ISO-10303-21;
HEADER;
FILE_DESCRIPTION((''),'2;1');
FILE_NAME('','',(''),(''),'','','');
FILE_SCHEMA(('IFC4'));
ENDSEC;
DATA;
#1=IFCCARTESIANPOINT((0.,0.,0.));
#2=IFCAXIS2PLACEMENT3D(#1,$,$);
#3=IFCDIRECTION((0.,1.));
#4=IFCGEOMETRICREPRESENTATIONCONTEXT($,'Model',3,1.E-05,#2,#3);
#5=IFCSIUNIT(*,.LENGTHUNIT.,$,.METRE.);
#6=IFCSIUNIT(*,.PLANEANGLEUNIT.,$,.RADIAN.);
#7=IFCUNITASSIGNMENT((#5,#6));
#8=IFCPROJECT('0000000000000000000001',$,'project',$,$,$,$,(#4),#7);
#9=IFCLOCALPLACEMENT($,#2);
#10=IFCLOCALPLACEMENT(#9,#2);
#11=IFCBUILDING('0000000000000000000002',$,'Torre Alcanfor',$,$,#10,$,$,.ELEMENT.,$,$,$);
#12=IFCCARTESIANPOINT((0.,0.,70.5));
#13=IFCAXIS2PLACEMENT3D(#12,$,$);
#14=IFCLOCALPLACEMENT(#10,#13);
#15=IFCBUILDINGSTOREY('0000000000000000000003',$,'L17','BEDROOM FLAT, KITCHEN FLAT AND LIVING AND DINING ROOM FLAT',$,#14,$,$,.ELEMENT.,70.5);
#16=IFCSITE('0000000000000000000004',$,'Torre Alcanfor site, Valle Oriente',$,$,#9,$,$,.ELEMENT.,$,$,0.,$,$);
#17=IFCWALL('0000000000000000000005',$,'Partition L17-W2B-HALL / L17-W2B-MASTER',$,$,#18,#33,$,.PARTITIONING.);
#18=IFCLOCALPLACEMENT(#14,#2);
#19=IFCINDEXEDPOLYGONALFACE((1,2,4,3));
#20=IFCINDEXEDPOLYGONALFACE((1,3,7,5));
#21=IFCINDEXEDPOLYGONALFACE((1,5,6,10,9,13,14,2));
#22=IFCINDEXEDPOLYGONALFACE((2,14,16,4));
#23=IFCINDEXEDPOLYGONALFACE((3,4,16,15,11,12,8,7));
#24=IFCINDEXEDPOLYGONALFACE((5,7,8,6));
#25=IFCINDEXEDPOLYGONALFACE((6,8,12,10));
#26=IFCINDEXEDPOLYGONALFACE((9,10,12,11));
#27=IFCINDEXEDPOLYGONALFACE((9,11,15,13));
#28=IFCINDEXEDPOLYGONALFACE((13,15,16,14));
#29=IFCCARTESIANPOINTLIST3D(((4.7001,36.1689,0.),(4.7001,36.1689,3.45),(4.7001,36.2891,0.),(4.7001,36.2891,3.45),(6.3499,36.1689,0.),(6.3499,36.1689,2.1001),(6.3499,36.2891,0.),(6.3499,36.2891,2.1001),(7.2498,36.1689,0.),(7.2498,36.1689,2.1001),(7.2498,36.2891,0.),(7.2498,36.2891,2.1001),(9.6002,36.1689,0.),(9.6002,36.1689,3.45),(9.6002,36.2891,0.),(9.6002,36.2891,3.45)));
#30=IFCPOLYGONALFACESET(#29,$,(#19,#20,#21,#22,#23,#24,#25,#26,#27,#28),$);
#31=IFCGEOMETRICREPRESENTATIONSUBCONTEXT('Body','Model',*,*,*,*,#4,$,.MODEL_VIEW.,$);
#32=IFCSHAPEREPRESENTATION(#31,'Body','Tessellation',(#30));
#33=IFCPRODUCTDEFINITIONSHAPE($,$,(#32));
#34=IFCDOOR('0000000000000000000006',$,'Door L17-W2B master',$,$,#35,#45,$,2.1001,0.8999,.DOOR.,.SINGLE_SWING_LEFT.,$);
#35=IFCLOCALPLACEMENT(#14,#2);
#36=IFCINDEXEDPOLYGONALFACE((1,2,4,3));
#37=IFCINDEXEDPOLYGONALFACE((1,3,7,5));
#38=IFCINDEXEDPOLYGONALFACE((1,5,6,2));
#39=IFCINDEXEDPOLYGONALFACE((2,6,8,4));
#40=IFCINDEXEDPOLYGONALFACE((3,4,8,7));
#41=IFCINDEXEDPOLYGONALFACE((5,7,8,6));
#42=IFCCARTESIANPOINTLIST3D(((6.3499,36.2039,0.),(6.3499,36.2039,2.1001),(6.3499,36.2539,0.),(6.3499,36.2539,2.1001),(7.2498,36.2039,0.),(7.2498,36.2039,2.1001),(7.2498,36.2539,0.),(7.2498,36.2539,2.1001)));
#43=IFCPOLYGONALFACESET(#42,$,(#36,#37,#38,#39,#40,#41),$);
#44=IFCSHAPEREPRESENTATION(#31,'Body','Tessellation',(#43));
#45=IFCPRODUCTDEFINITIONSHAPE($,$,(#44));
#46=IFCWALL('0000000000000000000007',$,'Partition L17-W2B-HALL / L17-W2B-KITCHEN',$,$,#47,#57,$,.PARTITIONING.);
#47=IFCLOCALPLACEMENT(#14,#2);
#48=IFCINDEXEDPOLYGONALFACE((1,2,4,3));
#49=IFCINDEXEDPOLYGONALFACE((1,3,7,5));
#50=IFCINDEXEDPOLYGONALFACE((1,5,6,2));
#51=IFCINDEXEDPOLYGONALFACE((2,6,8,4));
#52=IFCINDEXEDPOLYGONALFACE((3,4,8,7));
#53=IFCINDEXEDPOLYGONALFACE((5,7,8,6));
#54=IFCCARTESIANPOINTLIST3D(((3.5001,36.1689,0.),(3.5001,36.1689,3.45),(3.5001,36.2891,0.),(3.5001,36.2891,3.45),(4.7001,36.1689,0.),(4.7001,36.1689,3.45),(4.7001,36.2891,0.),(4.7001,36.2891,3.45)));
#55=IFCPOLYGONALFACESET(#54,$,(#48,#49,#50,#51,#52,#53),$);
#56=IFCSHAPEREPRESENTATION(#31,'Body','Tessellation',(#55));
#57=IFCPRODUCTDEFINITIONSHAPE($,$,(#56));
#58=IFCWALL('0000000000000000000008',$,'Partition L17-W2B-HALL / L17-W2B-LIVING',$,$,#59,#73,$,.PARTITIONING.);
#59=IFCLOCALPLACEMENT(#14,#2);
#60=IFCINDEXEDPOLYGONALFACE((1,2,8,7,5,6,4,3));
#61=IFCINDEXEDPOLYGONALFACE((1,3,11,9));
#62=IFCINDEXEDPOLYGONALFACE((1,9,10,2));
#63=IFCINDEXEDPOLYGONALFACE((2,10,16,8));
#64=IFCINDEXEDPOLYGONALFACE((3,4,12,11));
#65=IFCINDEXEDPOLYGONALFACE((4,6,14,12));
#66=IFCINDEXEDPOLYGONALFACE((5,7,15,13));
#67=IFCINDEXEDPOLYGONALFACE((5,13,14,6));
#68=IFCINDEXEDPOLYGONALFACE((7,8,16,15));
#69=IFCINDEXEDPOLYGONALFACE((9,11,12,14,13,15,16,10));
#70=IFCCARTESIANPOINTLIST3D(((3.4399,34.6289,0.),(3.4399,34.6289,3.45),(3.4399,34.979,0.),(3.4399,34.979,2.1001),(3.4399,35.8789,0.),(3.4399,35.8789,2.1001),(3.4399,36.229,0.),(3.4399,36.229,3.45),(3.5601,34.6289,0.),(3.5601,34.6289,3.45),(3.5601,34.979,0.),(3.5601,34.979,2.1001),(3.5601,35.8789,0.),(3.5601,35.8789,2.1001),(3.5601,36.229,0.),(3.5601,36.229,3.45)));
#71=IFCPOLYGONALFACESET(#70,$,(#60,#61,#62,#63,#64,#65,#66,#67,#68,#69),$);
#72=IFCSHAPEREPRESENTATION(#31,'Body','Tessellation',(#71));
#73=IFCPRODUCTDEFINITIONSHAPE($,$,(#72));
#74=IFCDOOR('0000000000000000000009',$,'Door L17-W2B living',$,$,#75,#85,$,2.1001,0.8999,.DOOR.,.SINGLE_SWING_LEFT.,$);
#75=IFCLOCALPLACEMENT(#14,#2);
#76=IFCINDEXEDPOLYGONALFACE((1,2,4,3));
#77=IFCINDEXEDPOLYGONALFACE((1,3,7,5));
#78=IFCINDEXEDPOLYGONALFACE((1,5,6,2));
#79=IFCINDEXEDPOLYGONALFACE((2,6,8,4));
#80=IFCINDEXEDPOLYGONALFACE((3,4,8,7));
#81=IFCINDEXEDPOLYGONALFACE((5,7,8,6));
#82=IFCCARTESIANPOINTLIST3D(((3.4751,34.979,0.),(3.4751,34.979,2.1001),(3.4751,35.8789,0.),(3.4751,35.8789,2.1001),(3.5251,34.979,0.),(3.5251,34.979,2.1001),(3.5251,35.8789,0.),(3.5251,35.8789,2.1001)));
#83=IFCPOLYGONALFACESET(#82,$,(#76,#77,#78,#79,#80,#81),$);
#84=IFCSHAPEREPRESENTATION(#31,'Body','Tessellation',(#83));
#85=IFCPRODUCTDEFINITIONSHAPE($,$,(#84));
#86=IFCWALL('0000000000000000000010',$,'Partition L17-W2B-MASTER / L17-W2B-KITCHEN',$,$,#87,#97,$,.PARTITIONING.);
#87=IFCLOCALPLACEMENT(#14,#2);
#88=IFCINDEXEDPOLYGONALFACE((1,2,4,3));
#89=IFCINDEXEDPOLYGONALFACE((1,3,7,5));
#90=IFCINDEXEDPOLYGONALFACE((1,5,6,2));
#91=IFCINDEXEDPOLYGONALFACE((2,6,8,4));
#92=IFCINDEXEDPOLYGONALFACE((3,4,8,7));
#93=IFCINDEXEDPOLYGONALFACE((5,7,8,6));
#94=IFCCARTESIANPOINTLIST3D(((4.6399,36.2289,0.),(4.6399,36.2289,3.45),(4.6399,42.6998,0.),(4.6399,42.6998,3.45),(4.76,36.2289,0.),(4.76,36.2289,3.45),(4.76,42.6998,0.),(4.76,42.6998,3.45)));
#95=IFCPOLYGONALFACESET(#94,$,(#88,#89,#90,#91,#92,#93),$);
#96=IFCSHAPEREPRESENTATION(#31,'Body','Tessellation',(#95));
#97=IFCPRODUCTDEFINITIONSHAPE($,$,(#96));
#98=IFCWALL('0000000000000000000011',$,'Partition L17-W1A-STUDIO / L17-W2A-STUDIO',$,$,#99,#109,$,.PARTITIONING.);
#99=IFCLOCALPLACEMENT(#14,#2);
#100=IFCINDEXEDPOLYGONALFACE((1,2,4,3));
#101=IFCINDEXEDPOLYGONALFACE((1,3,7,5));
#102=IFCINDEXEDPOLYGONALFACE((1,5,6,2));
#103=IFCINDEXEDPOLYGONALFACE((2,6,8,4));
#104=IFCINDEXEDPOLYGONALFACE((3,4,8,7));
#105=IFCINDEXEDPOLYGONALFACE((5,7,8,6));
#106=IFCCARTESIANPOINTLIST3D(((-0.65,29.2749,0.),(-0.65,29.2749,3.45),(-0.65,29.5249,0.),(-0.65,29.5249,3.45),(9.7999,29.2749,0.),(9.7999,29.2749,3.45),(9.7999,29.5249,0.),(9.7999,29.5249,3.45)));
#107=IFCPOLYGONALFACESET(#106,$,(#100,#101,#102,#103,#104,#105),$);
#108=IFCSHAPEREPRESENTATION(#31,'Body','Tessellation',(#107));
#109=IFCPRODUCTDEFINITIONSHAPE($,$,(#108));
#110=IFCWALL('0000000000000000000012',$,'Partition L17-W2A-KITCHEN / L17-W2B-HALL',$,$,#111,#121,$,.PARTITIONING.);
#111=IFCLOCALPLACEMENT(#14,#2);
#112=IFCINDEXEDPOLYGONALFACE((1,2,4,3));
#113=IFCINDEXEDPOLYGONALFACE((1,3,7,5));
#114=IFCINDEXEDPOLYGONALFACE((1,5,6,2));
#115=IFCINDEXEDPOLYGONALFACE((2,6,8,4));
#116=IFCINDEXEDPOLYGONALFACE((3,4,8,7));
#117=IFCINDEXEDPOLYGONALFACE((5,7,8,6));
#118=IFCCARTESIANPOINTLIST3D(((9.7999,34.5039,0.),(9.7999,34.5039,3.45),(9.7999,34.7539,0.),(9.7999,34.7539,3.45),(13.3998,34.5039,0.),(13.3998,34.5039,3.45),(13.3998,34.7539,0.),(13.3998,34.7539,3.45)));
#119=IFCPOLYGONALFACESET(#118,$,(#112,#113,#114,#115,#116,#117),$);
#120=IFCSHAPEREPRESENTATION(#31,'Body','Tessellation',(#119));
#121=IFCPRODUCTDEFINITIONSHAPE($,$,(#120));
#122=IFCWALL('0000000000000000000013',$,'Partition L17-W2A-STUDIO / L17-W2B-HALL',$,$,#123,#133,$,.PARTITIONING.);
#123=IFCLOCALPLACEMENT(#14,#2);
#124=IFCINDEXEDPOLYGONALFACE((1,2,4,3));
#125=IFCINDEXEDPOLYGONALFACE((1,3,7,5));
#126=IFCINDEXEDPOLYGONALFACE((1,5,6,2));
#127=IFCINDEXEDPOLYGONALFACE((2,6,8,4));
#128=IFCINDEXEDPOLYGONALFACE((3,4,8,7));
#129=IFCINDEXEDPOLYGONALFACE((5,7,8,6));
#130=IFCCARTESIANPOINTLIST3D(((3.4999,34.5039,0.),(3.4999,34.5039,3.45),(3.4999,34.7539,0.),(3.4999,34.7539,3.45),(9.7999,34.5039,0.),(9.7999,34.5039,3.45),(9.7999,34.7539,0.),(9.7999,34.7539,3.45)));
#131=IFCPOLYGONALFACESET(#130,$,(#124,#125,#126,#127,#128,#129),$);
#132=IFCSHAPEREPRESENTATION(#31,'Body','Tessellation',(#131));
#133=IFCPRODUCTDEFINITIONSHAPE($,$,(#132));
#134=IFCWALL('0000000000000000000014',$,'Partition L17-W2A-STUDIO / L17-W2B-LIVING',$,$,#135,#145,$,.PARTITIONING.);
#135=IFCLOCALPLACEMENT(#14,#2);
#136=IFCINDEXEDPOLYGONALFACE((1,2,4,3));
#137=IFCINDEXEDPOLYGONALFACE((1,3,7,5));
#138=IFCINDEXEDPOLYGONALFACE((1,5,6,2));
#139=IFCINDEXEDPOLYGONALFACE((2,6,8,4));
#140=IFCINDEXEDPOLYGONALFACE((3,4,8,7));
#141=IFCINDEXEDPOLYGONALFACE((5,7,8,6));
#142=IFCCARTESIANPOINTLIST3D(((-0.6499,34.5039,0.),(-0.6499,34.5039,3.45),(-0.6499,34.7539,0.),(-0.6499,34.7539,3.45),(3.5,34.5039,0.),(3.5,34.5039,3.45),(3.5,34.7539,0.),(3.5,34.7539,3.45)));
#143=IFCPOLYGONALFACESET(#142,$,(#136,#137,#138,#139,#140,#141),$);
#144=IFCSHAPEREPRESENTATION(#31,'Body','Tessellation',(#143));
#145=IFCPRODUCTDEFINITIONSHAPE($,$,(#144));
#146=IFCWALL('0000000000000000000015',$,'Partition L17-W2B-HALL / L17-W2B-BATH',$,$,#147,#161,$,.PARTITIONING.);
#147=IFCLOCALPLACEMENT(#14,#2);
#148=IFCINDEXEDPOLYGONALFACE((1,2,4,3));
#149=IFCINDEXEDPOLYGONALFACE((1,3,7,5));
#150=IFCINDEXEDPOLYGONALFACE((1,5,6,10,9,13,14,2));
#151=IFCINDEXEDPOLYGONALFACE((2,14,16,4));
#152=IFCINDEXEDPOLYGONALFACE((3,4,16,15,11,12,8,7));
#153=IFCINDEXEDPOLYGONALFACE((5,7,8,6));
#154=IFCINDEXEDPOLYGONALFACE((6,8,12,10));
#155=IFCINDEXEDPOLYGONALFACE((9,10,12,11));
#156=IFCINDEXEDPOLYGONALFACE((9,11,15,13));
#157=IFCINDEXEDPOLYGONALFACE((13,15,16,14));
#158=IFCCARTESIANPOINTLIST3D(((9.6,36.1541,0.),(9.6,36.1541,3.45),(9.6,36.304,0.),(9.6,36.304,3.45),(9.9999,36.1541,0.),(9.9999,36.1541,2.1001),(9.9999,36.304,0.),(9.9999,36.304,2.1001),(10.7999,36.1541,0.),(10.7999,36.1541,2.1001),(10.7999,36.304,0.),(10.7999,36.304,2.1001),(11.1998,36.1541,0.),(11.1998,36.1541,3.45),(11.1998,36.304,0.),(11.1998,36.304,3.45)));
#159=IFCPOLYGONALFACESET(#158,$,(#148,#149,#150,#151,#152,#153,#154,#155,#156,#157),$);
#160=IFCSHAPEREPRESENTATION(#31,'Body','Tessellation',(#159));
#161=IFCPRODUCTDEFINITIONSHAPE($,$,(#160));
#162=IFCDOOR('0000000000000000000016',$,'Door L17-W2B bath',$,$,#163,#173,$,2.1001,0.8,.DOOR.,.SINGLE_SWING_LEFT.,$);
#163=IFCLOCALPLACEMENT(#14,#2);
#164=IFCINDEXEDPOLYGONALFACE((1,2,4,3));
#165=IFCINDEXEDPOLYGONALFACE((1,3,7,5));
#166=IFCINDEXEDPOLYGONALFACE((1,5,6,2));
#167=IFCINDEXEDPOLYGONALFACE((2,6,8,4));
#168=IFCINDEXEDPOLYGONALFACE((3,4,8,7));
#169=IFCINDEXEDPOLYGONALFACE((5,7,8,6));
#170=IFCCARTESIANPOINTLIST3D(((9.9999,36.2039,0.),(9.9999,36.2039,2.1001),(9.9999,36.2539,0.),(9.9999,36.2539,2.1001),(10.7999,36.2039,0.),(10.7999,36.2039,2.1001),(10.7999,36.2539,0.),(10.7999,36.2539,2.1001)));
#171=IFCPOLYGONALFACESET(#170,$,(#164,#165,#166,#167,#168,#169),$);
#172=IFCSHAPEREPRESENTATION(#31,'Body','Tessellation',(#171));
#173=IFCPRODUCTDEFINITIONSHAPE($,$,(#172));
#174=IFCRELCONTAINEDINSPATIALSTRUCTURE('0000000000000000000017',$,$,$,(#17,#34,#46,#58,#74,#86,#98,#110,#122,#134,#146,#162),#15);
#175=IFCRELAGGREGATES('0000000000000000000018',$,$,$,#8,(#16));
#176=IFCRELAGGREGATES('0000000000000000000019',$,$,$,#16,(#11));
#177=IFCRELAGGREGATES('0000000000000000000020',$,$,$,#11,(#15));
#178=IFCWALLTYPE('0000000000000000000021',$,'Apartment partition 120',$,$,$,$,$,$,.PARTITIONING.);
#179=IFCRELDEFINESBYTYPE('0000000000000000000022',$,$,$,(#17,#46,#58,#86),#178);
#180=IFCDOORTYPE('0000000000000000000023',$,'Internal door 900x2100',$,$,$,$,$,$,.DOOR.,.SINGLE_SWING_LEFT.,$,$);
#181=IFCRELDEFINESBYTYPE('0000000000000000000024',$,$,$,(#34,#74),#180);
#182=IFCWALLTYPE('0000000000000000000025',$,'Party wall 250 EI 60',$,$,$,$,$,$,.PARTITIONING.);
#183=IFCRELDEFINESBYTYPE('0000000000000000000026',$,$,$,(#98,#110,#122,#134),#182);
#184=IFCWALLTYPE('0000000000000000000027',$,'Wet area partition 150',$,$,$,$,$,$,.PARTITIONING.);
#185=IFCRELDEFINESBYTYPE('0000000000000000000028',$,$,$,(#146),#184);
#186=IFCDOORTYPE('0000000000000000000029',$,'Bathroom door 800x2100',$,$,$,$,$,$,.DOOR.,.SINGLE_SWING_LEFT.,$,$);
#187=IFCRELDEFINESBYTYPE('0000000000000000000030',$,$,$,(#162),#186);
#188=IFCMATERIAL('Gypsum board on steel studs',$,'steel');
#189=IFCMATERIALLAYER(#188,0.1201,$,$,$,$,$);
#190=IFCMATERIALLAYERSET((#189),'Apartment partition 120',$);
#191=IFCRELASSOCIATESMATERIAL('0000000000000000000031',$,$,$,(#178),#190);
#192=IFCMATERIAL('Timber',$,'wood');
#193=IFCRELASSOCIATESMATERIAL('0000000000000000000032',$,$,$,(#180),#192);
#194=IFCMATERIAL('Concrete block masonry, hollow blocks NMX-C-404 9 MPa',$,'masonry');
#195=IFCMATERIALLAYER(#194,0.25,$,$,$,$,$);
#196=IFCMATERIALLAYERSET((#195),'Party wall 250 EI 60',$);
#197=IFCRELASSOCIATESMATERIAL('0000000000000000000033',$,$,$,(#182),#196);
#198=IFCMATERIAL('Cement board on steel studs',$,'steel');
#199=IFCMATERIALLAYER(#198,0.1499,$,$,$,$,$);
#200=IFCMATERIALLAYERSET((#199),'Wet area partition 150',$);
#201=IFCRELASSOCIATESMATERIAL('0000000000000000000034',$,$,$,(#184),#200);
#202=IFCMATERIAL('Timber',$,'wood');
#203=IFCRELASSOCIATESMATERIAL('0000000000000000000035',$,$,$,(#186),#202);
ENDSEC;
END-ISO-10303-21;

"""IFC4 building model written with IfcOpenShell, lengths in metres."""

from ifc_helpers import new_model, si_unit, direction, frame, frame_2d, origin, place, context, subcontext, project, spatial, rectangle, extrude, material, layer, layer_set, type_object, element, fill, save


model = new_model("IFC4")

# Units and contexts
model_context = context("Model", 3, precision=1e-05, world=origin(), true_north=direction((0.0, 1.0)))
body_context = subcontext(model_context, "Body", "Model", "MODEL_VIEW")
ifc_project = project(units=[si_unit("LENGTHUNIT", "METRE"), si_unit("PLANEANGLEUNIT", "RADIAN")], contexts=[model_context])

# Site, building, storey
site_placement = place(None, origin())
site = spatial("IfcSite", under=ifc_project, at=site_placement, Name="Torre Alcanfor site, Valle Oriente", CompositionType="ELEMENT", RefElevation=0.0)
building_placement = place(site_placement, origin())
building = spatial("IfcBuilding", under=site, at=building_placement, Name="Torre Alcanfor", CompositionType="ELEMENT")
storey_placement = place(building_placement, frame((0.0, 0.0, 70.5)))
storey = spatial("IfcBuildingStorey", under=building, at=storey_placement, Name="L17", Description="BEDROOM FLAT, KITCHEN FLAT AND LIVING AND DINING ROOM FLAT", CompositionType="ELEMENT", Elevation=70.5)

# Wall, opening, door
ifc_material_1 = material(Name="Gypsum board on steel studs", Category="steel")
ifc_layer_1 = layer(ifc_material_1, 0.1201)
ifc_layer_set_1 = layer_set([ifc_layer_1], Name="Apartment partition 120")
wall_type_1 = type_object("IfcWallType", Name="Apartment partition 120", PredefinedType="PARTITIONING", material=ifc_layer_set_1)
ifc_material_2 = material(Name="Timber", Category="wood")
door_type_1 = type_object("IfcDoorType", Name="Internal door 900x2100", OperationType="SINGLE_SWING_LEFT", PredefinedType="DOOR", material=ifc_material_2)
wall_1_placement = place(storey_placement, frame((4.7, 36.229, 0.0), z_axis=(0.0, 0.0, 1.0), x_axis=(1.0, 0.0, 0.0)))
wall_1 = element("IfcWall", 1, at=wall_1_placement, inside=storey, type_object=wall_type_1, Name="Partition L17-W2B-HALL / L17-W2B-MASTER", PredefinedType="PARTITIONING", context=body_context, shape_type="SweptSolid", body=[
    extrude(rectangle(XDim=4.9001, YDim=0.1201, at=frame_2d((2.4502, 0.0))), origin(), (0.0, 0.0, 1.0), 3.45),
])
opening_1_placement = place(wall_1_placement, frame((1.6499, 0.0, 0.0)))
opening_1 = element("IfcOpeningElement", 2, at=opening_1_placement, cuts=wall_1, PredefinedType="OPENING", context=body_context, shape_type="SweptSolid", body=[
    extrude(rectangle(XDim=0.8999, YDim=2.1001, at=frame_2d((0.45, 1.05))), frame((0.0, 0.0701, 0.0), z_axis=(0.0, -1.0, 0.0), x_axis=(1.0, 0.0, 0.0)), (0.0, 0.0, 1.0), 0.1401),
])
door_1_placement = place(opening_1_placement, origin())
door_1 = element("IfcDoor", 3, at=door_1_placement, inside=storey, type_object=door_type_1, Name="Door L17-W2B master", OperationType="SINGLE_SWING_LEFT", OverallHeight=2.1001, OverallWidth=0.8999, PredefinedType="DOOR", context=body_context, shape_type="SweptSolid", body=[
    extrude(rectangle(XDim=0.8999, YDim=2.1001, at=frame_2d((0.45, 1.05))), frame((0.0, 0.0249, 0.0), z_axis=(0.0, -1.0, 0.0), x_axis=(1.0, 0.0, 0.0)), (0.0, 0.0, 1.0), 0.05),
])
fill(opening_1, door_1)

# Wall
wall_2_placement = place(storey_placement, frame((3.5, 36.229, 0.0), z_axis=(0.0, 0.0, 1.0), x_axis=(1.0, 0.0, 0.0)))
element("IfcWall", 4, at=wall_2_placement, inside=storey, type_object=wall_type_1, Name="Partition L17-W2B-HALL / L17-W2B-KITCHEN", PredefinedType="PARTITIONING", context=body_context, shape_type="SweptSolid", body=[
    extrude(rectangle(XDim=1.2, YDim=0.1201, at=frame_2d((0.6001, 0.0))), origin(), (0.0, 0.0, 1.0), 3.45),
])

# Wall, opening, door
wall_3_placement = place(storey_placement, frame((3.5, 34.6289, 0.0), z_axis=(0.0, 0.0, 1.0), x_axis=(0.0, 1.0, 0.0)))
wall_3 = element("IfcWall", 5, at=wall_3_placement, inside=storey, type_object=wall_type_1, Name="Partition L17-W2B-HALL / L17-W2B-LIVING", PredefinedType="PARTITIONING", context=body_context, shape_type="SweptSolid", body=[
    extrude(rectangle(XDim=1.6001, YDim=0.1201, at=frame_2d((0.8, 0.0))), origin(), (0.0, 0.0, 1.0), 3.45),
])
opening_2_placement = place(wall_3_placement, frame((0.3501, 0.0, 0.0)))
opening_2 = element("IfcOpeningElement", 6, at=opening_2_placement, cuts=wall_3, PredefinedType="OPENING", context=body_context, shape_type="SweptSolid", body=[
    extrude(rectangle(XDim=0.8999, YDim=2.1001, at=frame_2d((0.45, 1.05))), frame((0.0, 0.0701, 0.0), z_axis=(0.0, -1.0, 0.0), x_axis=(1.0, 0.0, 0.0)), (0.0, 0.0, 1.0), 0.1401),
])
door_2_placement = place(opening_2_placement, origin())
door_2 = element("IfcDoor", 7, at=door_2_placement, inside=storey, type_object=door_type_1, Name="Door L17-W2B living", OperationType="SINGLE_SWING_LEFT", OverallHeight=2.1001, OverallWidth=0.8999, PredefinedType="DOOR", context=body_context, shape_type="SweptSolid", body=[
    extrude(rectangle(XDim=0.8999, YDim=2.1001, at=frame_2d((0.45, 1.05))), frame((0.0, 0.0249, 0.0), z_axis=(0.0, -1.0, 0.0), x_axis=(1.0, 0.0, 0.0)), (0.0, 0.0, 1.0), 0.05),
])
fill(opening_2, door_2)

# Walls
wall_4_placement = place(storey_placement, frame((4.7, 36.229, 0.0), z_axis=(0.0, 0.0, 1.0), x_axis=(0.0, 1.0, 0.0)))
element("IfcWall", 8, at=wall_4_placement, inside=storey, type_object=wall_type_1, Name="Partition L17-W2B-MASTER / L17-W2B-KITCHEN", PredefinedType="PARTITIONING", context=body_context, shape_type="SweptSolid", body=[
    extrude(rectangle(XDim=6.4709, YDim=0.1201, at=frame_2d((3.2354, 0.0))), origin(), (0.0, 0.0, 1.0), 3.45),
])
ifc_material_3 = material(Name="Concrete block masonry, hollow blocks NMX-C-404 9 MPa", Category="masonry")
ifc_layer_2 = layer(ifc_material_3, 0.25)
ifc_layer_set_2 = layer_set([ifc_layer_2], Name="Party wall 250 EI 60")
wall_type_2 = type_object("IfcWallType", Name="Party wall 250 EI 60", PredefinedType="PARTITIONING", material=ifc_layer_set_2)
wall_5_placement = place(storey_placement, frame((9.8, 29.3999, 0.0), z_axis=(0.0, 0.0, 1.0), x_axis=(-1.0, 0.0, 0.0)))
element("IfcWall", 9, at=wall_5_placement, inside=storey, type_object=wall_type_2, Name="Partition L17-W1A-STUDIO / L17-W2A-STUDIO", PredefinedType="PARTITIONING", context=body_context, shape_type="SweptSolid", body=[
    extrude(rectangle(XDim=10.45, YDim=0.25, at=frame_2d((5.2251, 0.0))), origin(), (0.0, 0.0, 1.0), 3.45),
])
wall_6_placement = place(storey_placement, frame((9.8, 34.6289, 0.0), z_axis=(0.0, 0.0, 1.0), x_axis=(1.0, 0.0, 0.0)))
element("IfcWall", 10, at=wall_6_placement, inside=storey, type_object=wall_type_2, Name="Partition L17-W2A-KITCHEN / L17-W2B-HALL", PredefinedType="PARTITIONING", context=body_context, shape_type="SweptSolid", body=[
    extrude(rectangle(XDim=3.5999, YDim=0.25, at=frame_2d((1.7998, 0.0))), origin(), (0.0, 0.0, 1.0), 3.45),
])
wall_7_placement = place(storey_placement, frame((3.5, 34.6289, 0.0), z_axis=(0.0, 0.0, 1.0), x_axis=(1.0, 0.0, 0.0)))
element("IfcWall", 11, at=wall_7_placement, inside=storey, type_object=wall_type_2, Name="Partition L17-W2A-STUDIO / L17-W2B-HALL", PredefinedType="PARTITIONING", context=body_context, shape_type="SweptSolid", body=[
    extrude(rectangle(XDim=6.3, YDim=0.25, at=frame_2d((3.1499, 0.0))), origin(), (0.0, 0.0, 1.0), 3.45),
])
wall_8_placement = place(storey_placement, frame((-0.6499, 34.6289, 0.0), z_axis=(0.0, 0.0, 1.0), x_axis=(1.0, 0.0, 0.0)))
element("IfcWall", 12, at=wall_8_placement, inside=storey, type_object=wall_type_2, Name="Partition L17-W2A-STUDIO / L17-W2B-LIVING", PredefinedType="PARTITIONING", context=body_context, shape_type="SweptSolid", body=[
    extrude(rectangle(XDim=4.1499, YDim=0.25, at=frame_2d((2.075, 0.0))), origin(), (0.0, 0.0, 1.0), 3.45),
])

# Wall, opening, door
ifc_material_4 = material(Name="Cement board on steel studs", Category="steel")
ifc_layer_3 = layer(ifc_material_4, 0.1499)
ifc_layer_set_3 = layer_set([ifc_layer_3], Name="Wet area partition 150")
wall_type_3 = type_object("IfcWallType", Name="Wet area partition 150", PredefinedType="PARTITIONING", material=ifc_layer_set_3)
wall_9_placement = place(storey_placement, frame((9.6001, 36.229, 0.0), z_axis=(0.0, 0.0, 1.0), x_axis=(1.0, 0.0, 0.0)))
wall_9 = element("IfcWall", 13, at=wall_9_placement, inside=storey, type_object=wall_type_3, Name="Partition L17-W2B-HALL / L17-W2B-BATH", PredefinedType="PARTITIONING", context=body_context, shape_type="SweptSolid", body=[
    extrude(rectangle(XDim=1.5999, YDim=0.1499, at=frame_2d((0.7998, 0.0))), origin(), (0.0, 0.0, 1.0), 3.45),
])
opening_3_placement = place(wall_9_placement, frame((0.3999, 0.0, 0.0)))
opening_3 = element("IfcOpeningElement", 14, at=opening_3_placement, cuts=wall_9, PredefinedType="OPENING", context=body_context, shape_type="SweptSolid", body=[
    extrude(rectangle(XDim=0.8, YDim=2.1001, at=frame_2d((0.3999, 1.05))), frame((0.0, 0.085, 0.0), z_axis=(0.0, -1.0, 0.0), x_axis=(1.0, 0.0, 0.0)), (0.0, 0.0, 1.0), 0.1699),
])
ifc_material_5 = material(Name="Timber", Category="wood")
door_type_2 = type_object("IfcDoorType", Name="Bathroom door 800x2100", OperationType="SINGLE_SWING_LEFT", PredefinedType="DOOR", material=ifc_material_5)
door_3_placement = place(opening_3_placement, origin())
door_3 = element("IfcDoor", 15, at=door_3_placement, inside=storey, type_object=door_type_2, Name="Door L17-W2B bath", OperationType="SINGLE_SWING_LEFT", OverallHeight=2.1001, OverallWidth=0.8, PredefinedType="DOOR", context=body_context, shape_type="SweptSolid", body=[
    extrude(rectangle(XDim=0.8, YDim=2.1001, at=frame_2d((0.3999, 1.05))), frame((0.0, 0.0249, 0.0), z_axis=(0.0, -1.0, 0.0), x_axis=(1.0, 0.0, 0.0)), (0.0, 0.0, 1.0), 0.05),
])
fill(opening_3, door_3)

save(model, "model.ifc")
